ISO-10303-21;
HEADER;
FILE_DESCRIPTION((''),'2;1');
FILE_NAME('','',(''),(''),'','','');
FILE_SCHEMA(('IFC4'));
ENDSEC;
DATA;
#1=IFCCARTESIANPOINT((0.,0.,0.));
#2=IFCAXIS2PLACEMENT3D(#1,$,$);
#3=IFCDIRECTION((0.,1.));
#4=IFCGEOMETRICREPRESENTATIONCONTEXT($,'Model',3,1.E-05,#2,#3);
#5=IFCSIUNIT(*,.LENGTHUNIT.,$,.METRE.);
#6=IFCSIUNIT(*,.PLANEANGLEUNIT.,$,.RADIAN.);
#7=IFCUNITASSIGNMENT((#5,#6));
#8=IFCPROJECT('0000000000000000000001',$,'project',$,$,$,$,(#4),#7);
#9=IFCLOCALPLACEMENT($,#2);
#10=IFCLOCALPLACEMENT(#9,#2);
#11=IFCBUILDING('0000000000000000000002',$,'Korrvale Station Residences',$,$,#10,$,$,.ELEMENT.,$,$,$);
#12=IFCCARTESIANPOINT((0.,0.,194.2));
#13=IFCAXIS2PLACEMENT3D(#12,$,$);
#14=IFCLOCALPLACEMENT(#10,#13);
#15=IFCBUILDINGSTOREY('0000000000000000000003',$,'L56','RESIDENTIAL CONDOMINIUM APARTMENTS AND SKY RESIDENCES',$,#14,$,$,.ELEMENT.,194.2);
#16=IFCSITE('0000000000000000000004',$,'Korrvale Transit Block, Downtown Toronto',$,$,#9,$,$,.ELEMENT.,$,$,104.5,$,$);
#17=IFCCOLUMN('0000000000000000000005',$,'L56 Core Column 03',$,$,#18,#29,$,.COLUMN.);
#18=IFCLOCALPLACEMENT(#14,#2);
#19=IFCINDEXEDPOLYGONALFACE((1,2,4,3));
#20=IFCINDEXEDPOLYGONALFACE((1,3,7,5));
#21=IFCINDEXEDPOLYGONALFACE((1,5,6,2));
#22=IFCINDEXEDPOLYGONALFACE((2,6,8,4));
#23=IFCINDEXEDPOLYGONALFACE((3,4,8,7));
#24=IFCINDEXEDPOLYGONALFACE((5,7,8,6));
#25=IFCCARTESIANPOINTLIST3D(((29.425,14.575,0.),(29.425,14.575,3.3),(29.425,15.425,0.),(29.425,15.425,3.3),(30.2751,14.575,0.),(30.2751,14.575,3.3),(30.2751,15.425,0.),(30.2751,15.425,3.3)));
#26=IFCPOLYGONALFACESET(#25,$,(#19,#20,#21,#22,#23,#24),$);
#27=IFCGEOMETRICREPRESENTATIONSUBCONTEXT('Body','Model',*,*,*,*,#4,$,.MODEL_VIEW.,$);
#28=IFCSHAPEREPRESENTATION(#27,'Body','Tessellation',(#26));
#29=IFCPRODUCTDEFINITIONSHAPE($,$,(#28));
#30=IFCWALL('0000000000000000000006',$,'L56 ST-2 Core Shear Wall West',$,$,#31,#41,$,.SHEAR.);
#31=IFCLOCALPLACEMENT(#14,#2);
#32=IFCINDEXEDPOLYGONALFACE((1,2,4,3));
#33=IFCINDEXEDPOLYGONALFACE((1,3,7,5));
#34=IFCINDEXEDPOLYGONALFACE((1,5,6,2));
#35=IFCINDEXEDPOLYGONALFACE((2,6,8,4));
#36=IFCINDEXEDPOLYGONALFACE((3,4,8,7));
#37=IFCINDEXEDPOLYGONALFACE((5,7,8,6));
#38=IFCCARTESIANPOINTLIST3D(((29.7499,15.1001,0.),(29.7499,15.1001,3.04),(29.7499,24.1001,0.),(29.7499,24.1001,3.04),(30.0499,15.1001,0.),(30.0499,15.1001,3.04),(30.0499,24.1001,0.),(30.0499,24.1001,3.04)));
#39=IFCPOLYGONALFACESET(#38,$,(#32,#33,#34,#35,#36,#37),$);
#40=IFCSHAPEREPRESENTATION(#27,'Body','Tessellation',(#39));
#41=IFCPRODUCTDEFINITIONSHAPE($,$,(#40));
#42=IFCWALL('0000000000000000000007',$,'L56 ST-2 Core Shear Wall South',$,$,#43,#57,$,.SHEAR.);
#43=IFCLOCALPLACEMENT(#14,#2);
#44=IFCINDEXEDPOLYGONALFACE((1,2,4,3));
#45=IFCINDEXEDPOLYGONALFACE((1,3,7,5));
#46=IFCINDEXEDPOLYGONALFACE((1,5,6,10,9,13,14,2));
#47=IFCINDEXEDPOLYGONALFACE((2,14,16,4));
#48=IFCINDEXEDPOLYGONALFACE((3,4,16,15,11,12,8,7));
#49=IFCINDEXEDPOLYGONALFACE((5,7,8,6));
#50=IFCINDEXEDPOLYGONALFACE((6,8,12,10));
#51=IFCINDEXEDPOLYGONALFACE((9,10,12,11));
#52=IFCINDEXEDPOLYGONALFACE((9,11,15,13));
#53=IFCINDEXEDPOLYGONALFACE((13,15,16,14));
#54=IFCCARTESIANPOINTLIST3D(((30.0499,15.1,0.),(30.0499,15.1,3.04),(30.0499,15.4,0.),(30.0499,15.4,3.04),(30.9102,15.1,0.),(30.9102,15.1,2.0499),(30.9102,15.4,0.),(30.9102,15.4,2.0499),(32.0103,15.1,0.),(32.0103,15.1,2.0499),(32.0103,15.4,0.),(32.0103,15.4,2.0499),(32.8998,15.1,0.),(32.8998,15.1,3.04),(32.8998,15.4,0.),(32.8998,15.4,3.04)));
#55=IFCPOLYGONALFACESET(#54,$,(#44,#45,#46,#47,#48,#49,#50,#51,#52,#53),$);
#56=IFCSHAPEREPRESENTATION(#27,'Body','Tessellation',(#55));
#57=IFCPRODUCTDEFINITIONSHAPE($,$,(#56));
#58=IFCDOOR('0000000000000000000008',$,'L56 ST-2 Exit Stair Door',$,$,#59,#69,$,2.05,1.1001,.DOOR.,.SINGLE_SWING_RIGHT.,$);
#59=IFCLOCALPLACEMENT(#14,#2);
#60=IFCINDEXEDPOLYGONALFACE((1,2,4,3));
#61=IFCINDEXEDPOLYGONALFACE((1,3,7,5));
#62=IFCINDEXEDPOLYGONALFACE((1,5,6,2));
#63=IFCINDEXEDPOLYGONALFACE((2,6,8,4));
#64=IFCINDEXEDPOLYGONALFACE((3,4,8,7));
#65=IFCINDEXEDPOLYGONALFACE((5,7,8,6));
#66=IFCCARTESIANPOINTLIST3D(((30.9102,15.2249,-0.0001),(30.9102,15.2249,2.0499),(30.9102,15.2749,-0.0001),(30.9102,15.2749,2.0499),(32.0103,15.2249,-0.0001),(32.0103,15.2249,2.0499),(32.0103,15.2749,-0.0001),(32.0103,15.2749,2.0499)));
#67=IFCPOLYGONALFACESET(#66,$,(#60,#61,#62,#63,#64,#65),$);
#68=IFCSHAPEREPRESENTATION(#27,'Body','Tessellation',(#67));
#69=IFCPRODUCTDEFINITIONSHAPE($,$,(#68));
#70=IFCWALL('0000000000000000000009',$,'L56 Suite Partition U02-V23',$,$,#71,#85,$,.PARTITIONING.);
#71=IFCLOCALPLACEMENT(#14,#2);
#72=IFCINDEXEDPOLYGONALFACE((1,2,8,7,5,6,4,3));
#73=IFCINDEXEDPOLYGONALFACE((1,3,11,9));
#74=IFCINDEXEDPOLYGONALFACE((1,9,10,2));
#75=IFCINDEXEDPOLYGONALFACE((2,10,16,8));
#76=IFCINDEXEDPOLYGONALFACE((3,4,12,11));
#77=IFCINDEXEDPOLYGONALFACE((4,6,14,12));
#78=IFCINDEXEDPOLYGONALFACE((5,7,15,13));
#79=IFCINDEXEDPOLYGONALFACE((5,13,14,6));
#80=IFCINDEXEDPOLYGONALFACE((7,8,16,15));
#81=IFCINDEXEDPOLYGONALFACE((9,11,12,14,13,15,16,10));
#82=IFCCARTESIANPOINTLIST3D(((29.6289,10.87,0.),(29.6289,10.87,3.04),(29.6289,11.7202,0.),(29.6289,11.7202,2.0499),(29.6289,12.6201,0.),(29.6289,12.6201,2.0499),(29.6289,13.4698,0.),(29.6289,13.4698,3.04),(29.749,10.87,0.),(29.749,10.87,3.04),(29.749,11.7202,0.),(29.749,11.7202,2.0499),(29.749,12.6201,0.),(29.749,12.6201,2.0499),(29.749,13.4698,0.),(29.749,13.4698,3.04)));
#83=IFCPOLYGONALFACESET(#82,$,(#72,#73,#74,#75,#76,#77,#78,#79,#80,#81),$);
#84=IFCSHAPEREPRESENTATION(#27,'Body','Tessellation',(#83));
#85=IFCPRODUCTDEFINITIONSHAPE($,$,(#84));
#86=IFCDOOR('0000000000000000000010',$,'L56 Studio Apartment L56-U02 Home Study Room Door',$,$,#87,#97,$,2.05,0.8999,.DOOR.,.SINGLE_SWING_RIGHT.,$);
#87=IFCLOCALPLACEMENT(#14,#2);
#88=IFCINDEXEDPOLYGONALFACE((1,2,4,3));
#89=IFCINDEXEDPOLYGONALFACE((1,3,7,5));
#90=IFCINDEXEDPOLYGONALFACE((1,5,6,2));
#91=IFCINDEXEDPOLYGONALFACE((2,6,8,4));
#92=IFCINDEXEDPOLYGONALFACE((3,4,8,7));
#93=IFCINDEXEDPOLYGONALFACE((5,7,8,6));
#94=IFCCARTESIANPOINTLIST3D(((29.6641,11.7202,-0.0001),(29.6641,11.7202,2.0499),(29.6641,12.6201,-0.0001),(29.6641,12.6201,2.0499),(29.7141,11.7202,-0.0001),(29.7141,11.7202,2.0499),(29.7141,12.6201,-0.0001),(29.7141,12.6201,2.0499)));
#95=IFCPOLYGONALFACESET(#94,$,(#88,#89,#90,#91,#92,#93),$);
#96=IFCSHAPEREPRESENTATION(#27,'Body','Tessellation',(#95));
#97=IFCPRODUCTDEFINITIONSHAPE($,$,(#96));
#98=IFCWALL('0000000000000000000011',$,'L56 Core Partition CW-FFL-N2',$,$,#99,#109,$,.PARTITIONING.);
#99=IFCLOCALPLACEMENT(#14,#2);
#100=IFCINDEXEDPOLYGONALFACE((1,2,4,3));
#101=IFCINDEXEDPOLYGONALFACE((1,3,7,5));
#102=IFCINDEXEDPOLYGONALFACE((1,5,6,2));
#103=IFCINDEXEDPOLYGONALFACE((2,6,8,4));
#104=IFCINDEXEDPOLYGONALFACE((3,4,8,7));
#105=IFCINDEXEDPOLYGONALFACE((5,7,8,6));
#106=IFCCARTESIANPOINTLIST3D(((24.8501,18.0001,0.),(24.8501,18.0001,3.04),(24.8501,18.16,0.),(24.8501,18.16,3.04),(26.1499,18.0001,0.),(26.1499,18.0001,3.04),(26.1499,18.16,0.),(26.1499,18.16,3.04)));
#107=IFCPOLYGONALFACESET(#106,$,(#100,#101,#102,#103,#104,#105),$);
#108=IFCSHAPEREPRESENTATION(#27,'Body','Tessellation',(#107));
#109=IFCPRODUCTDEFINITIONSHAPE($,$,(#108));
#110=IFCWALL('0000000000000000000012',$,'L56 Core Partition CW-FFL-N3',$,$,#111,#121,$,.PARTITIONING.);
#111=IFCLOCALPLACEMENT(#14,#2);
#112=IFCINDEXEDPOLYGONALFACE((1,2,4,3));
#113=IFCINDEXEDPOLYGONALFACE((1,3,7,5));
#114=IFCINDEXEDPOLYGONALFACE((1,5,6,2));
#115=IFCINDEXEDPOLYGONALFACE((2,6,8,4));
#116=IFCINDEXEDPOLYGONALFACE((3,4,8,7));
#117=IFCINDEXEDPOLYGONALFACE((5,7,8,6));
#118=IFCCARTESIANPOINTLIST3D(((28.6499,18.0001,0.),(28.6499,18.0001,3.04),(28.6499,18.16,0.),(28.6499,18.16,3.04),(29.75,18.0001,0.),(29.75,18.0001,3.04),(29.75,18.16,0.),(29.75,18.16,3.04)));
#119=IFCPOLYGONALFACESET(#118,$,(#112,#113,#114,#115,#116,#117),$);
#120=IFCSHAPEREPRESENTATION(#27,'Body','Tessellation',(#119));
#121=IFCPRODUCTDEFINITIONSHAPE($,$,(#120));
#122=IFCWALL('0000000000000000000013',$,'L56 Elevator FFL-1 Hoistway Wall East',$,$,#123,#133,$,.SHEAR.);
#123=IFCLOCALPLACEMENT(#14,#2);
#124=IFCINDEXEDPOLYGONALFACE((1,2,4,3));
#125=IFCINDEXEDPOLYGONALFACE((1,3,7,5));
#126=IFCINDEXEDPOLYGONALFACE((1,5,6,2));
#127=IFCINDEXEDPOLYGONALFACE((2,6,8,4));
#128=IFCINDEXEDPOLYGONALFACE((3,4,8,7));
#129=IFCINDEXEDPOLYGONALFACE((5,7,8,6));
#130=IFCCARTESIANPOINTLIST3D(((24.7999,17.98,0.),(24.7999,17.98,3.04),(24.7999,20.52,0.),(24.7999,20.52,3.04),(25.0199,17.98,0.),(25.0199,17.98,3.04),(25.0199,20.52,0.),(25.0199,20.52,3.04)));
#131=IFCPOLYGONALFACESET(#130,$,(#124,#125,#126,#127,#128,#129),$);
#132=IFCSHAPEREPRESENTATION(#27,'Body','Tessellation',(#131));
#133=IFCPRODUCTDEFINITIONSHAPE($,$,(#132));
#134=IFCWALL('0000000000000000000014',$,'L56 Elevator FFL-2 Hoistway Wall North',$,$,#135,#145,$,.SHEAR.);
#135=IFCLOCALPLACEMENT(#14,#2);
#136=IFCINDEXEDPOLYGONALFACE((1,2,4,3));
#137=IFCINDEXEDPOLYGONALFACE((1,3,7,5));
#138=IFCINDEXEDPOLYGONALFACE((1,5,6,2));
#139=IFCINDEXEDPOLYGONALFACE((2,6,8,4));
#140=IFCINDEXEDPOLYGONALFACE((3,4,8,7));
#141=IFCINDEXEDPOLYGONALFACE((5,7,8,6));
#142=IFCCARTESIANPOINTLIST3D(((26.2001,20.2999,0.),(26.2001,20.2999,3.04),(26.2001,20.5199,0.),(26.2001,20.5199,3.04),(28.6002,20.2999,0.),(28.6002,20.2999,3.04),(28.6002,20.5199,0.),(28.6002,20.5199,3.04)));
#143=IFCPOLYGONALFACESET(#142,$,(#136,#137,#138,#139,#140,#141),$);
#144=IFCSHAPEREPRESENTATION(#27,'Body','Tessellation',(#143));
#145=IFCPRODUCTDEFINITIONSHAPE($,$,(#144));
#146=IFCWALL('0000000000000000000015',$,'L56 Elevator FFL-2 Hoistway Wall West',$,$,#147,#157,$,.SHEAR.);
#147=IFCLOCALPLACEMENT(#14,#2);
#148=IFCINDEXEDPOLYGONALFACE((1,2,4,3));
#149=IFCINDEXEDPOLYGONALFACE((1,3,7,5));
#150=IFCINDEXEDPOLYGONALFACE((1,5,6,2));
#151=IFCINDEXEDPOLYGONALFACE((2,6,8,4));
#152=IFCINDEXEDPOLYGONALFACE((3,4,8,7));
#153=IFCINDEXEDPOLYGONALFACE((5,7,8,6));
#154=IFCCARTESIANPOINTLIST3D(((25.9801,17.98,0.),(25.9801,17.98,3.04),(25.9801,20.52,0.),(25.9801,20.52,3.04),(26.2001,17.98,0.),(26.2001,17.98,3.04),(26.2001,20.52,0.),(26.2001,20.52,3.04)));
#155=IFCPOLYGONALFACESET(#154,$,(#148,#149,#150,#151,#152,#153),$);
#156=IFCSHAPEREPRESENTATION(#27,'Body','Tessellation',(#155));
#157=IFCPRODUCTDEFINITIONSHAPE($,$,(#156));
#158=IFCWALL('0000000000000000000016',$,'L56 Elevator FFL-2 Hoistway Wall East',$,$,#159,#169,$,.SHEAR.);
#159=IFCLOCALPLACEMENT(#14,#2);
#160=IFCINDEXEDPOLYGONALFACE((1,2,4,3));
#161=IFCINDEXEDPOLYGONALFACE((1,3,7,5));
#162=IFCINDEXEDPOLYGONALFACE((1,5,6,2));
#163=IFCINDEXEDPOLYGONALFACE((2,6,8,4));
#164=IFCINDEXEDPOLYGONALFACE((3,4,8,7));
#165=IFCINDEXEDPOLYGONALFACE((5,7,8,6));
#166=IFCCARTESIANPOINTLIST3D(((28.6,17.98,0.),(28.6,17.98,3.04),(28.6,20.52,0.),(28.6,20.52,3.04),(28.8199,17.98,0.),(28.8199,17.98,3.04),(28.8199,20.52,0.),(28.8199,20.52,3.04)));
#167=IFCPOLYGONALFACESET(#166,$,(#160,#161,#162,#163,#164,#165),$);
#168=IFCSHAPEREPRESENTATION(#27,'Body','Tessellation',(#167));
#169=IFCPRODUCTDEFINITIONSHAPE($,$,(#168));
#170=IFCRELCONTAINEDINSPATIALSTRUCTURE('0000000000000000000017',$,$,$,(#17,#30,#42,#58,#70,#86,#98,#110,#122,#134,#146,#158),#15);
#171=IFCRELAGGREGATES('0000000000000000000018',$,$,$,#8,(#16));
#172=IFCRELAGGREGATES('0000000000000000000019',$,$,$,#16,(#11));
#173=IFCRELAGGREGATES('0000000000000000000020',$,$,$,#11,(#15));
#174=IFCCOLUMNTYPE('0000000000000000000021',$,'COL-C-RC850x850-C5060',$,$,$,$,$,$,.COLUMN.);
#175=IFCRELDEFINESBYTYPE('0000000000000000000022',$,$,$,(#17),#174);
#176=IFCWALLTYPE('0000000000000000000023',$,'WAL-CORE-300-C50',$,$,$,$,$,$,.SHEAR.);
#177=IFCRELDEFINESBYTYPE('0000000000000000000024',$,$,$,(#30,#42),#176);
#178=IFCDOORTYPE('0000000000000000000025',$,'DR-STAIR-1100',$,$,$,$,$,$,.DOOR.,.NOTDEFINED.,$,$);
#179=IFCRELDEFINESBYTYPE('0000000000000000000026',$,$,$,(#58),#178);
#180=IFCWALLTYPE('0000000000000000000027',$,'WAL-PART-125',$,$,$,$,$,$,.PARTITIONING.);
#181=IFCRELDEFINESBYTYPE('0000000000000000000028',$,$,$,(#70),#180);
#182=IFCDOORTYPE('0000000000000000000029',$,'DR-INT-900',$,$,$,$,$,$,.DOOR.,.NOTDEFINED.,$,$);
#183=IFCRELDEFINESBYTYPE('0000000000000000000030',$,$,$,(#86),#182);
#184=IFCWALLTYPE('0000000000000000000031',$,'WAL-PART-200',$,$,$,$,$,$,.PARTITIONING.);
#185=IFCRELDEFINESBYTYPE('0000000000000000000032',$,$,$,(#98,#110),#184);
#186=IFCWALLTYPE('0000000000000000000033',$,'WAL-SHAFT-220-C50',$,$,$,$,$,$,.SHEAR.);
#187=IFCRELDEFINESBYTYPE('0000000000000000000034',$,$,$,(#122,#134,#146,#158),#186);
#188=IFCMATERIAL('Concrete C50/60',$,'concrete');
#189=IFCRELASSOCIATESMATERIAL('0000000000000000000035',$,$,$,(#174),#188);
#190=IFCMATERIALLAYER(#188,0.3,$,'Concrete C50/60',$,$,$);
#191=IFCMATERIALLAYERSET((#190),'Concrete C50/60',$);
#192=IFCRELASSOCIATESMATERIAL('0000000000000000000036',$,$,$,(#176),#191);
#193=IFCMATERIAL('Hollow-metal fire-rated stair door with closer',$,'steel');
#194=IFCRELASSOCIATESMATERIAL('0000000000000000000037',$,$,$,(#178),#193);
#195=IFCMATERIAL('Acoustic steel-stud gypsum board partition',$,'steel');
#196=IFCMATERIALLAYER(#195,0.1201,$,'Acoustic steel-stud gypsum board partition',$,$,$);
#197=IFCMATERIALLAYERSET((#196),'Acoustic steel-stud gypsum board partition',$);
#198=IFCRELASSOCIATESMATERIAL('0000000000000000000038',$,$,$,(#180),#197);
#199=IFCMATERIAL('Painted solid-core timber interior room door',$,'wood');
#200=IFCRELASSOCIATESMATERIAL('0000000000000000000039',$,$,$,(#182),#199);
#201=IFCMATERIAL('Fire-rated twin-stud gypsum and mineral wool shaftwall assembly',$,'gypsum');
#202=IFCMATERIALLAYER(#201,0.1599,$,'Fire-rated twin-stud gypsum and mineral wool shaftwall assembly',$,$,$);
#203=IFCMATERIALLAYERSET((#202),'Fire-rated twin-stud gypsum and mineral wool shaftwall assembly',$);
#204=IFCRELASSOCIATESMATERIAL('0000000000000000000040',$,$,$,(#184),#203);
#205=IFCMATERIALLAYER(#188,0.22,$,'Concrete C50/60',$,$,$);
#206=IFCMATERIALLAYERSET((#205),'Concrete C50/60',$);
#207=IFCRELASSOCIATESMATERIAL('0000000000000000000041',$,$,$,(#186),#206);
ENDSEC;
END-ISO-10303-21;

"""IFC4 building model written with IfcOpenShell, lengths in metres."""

from ifc_helpers import new_model, si_unit, direction, frame, frame_2d, origin, origin_2d, place, context, subcontext, project, spatial, rectangle, extrude, material, layer, layer_set, material_profile, profile_set, type_object, element, fill, save


model = new_model("IFC4")

# Units and contexts
model_context = context("Model", 3, precision=1e-05, world=origin(), true_north=direction((0.0, 1.0)))
body_context = subcontext(model_context, "Body", "Model", "MODEL_VIEW")
ifc_project = project(units=[si_unit("LENGTHUNIT", "METRE"), si_unit("PLANEANGLEUNIT", "RADIAN")], contexts=[model_context])

# Site, building, storey
site_placement = place(None, origin())
site = spatial("IfcSite", under=ifc_project, at=site_placement, Name="Korrvale Transit Block, Downtown Toronto", CompositionType="ELEMENT", RefElevation=104.5)
building_placement = place(site_placement, origin())
building = spatial("IfcBuilding", under=site, at=building_placement, Name="Korrvale Station Residences", CompositionType="ELEMENT")
storey_placement = place(building_placement, frame((0.0, 0.0, 194.2)))
storey = spatial("IfcBuildingStorey", under=building, at=storey_placement, Name="L56", Description="RESIDENTIAL CONDOMINIUM APARTMENTS AND SKY RESIDENCES", CompositionType="ELEMENT", Elevation=194.2)

# Column
ifc_material_1 = material(Name="Concrete C50/60", Category="concrete")
ifc_material_profile = material_profile(ifc_material_1, rectangle(XDim=0.8501, YDim=0.8501, at=origin_2d()), Name="RC850x850")
ifc_profile_set = profile_set([ifc_material_profile], Name="Concrete C50/60")
column_type = type_object("IfcColumnType", Name="COL-C-RC850x850-C5060", PredefinedType="COLUMN", material=ifc_profile_set)
column_placement = place(storey_placement, frame((29.8501, 15.0, 0.0), z_axis=(0.0, 0.0, 1.0), x_axis=(1.0, 0.0, 0.0)))
element("IfcColumn", 1, at=column_placement, inside=storey, type_object=column_type, Name="L56 Core Column 03", PredefinedType="COLUMN", context=body_context, shape_type="SweptSolid", body=[
    extrude(rectangle(XDim=0.8501, YDim=0.8501, at=origin_2d()), origin(), (0.0, 0.0, 1.0), 3.3),
])

# Wall
ifc_layer_1 = layer(ifc_material_1, 0.3, Name="Concrete C50/60")
ifc_layer_set_1 = layer_set([ifc_layer_1], Name="Concrete C50/60")
wall_type_1 = type_object("IfcWallType", Name="WAL-CORE-300-C50", PredefinedType="SHEAR", material=ifc_layer_set_1)
wall_1_placement = place(storey_placement, frame((29.8999, 15.1001, 0.0), z_axis=(0.0, 0.0, 1.0), x_axis=(0.0, 1.0, 0.0)))
element("IfcWall", 2, at=wall_1_placement, inside=storey, type_object=wall_type_1, Name="L56 ST-2 Core Shear Wall West", PredefinedType="SHEAR", context=body_context, shape_type="SweptSolid", body=[
    extrude(rectangle(XDim=9.0, YDim=0.3, at=frame_2d((4.5, 0.0))), origin(), (0.0, 0.0, 1.0), 3.04),
])

# Walls, openings, doors
wall_2_placement = place(storey_placement, frame((30.05, 15.25, 0.0), z_axis=(0.0, 0.0, 1.0), x_axis=(1.0, 0.0, 0.0)))
wall_2 = element("IfcWall", 3, at=wall_2_placement, inside=storey, type_object=wall_type_1, Name="L56 ST-2 Core Shear Wall South", PredefinedType="SHEAR", context=body_context, shape_type="SweptSolid", body=[
    extrude(rectangle(XDim=2.8499, YDim=0.3, at=frame_2d((1.4248, 0.0))), origin(), (0.0, 0.0, 1.0), 3.04),
])
opening_1_placement = place(wall_2_placement, frame((0.8601, 0.0, 0.0)))
opening_1 = element("IfcOpeningElement", 4, at=opening_1_placement, cuts=wall_2, PredefinedType="OPENING", context=body_context, shape_type="SweptSolid", body=[
    extrude(rectangle(XDim=1.1001, YDim=2.05, at=frame_2d((0.55, 1.0249))), frame((0.0, 0.1602, 0.0), z_axis=(0.0, -1.0, 0.0), x_axis=(1.0, 0.0, 0.0)), (0.0, 0.0, 1.0), 0.3201),
])
ifc_material_2 = material(Name="Hollow-metal fire-rated stair door with closer", Category="steel")
door_type_1 = type_object("IfcDoorType", Name="DR-STAIR-1100", OperationType="NOTDEFINED", PredefinedType="DOOR", material=ifc_material_2)
door_1_placement = place(opening_1_placement, origin())
door_1 = element("IfcDoor", 5, at=door_1_placement, inside=storey, type_object=door_type_1, Name="L56 ST-2 Exit Stair Door", OperationType="SINGLE_SWING_RIGHT", OverallHeight=2.05, OverallWidth=1.1001, PredefinedType="DOOR", context=body_context, shape_type="SweptSolid", body=[
    extrude(rectangle(XDim=1.1001, YDim=2.05, at=frame_2d((0.55, 1.0249))), frame((0.0, 0.0249, 0.0), z_axis=(0.0, -1.0, 0.0), x_axis=(1.0, 0.0, 0.0)), (0.0, 0.0, 1.0), 0.05),
])
fill(opening_1, door_1)
ifc_material_3 = material(Name="Acoustic steel-stud gypsum board partition", Category="steel")
ifc_layer_2 = layer(ifc_material_3, 0.1201, Name="Acoustic steel-stud gypsum board partition")
ifc_layer_set_2 = layer_set([ifc_layer_2], Name="Acoustic steel-stud gypsum board partition")
wall_type_2 = type_object("IfcWallType", Name="WAL-PART-125", PredefinedType="PARTITIONING", material=ifc_layer_set_2)
wall_3_placement = place(storey_placement, frame((29.689, 10.8701, 0.0), z_axis=(0.0, 0.0, 1.0), x_axis=(0.0, 1.0, 0.0)))
wall_3 = element("IfcWall", 6, at=wall_3_placement, inside=storey, type_object=wall_type_2, Name="L56 Suite Partition U02-V23", PredefinedType="PARTITIONING", context=body_context, shape_type="SweptSolid", body=[
    extrude(rectangle(XDim=2.5999, YDim=0.1201, at=frame_2d((1.2998, 0.0))), origin(), (0.0, 0.0, 1.0), 3.04),
])
opening_2_placement = place(wall_3_placement, frame((0.8501, 0.0, 0.0)))
opening_2 = element("IfcOpeningElement", 7, at=opening_2_placement, cuts=wall_3, PredefinedType="OPENING", context=body_context, shape_type="SweptSolid", body=[
    extrude(rectangle(XDim=0.8999, YDim=2.05, at=frame_2d((0.45, 1.0249))), frame((0.0, 0.0701, 0.0), z_axis=(0.0, -1.0, 0.0), x_axis=(1.0, 0.0, 0.0)), (0.0, 0.0, 1.0), 0.1401),
])
ifc_material_4 = material(Name="Painted solid-core timber interior room door", Category="wood")
door_type_2 = type_object("IfcDoorType", Name="DR-INT-900", OperationType="NOTDEFINED", PredefinedType="DOOR", material=ifc_material_4)
door_2_placement = place(opening_2_placement, origin())
door_2 = element("IfcDoor", 8, at=door_2_placement, inside=storey, type_object=door_type_2, Name="L56 Studio Apartment L56-U02 Home Study Room Door", OperationType="SINGLE_SWING_RIGHT", OverallHeight=2.05, OverallWidth=0.8999, PredefinedType="DOOR", context=body_context, shape_type="SweptSolid", body=[
    extrude(rectangle(XDim=0.8999, YDim=2.05, at=frame_2d((0.45, 1.0249))), frame((0.0, 0.0249, 0.0), z_axis=(0.0, -1.0, 0.0), x_axis=(1.0, 0.0, 0.0)), (0.0, 0.0, 1.0), 0.05),
])
fill(opening_2, door_2)

# Walls
ifc_material_5 = material(Name="Fire-rated twin-stud gypsum and mineral wool shaftwall assembly", Category="gypsum")
ifc_layer_3 = layer(ifc_material_5, 0.1599, Name="Fire-rated twin-stud gypsum and mineral wool shaftwall assembly")
ifc_layer_set_3 = layer_set([ifc_layer_3], Name="Fire-rated twin-stud gypsum and mineral wool shaftwall assembly")
wall_type_3 = type_object("IfcWallType", Name="WAL-PART-200", PredefinedType="PARTITIONING", material=ifc_layer_set_3)
wall_4_placement = place(storey_placement, frame((24.8501, 18.0801, 0.0), z_axis=(0.0, 0.0, 1.0), x_axis=(1.0, 0.0, 0.0)))
element("IfcWall", 9, at=wall_4_placement, inside=storey, type_object=wall_type_3, Name="L56 Core Partition CW-FFL-N2", PredefinedType="PARTITIONING", context=body_context, shape_type="SweptSolid", body=[
    extrude(rectangle(XDim=1.2998, YDim=0.1599, at=frame_2d((0.6499, 0.0))), origin(), (0.0, 0.0, 1.0), 3.04),
])
wall_5_placement = place(storey_placement, frame((28.6499, 18.0801, 0.0), z_axis=(0.0, 0.0, 1.0), x_axis=(1.0, 0.0, 0.0)))
element("IfcWall", 10, at=wall_5_placement, inside=storey, type_object=wall_type_3, Name="L56 Core Partition CW-FFL-N3", PredefinedType="PARTITIONING", context=body_context, shape_type="SweptSolid", body=[
    extrude(rectangle(XDim=1.1001, YDim=0.1599, at=frame_2d((0.55, 0.0))), origin(), (0.0, 0.0, 1.0), 3.04),
])
ifc_layer_4 = layer(ifc_material_1, 0.22, Name="Concrete C50/60")
ifc_layer_set_4 = layer_set([ifc_layer_4], Name="Concrete C50/60")
wall_type_4 = type_object("IfcWallType", Name="WAL-SHAFT-220-C50", PredefinedType="SHEAR", material=ifc_layer_set_4)
wall_6_placement = place(storey_placement, frame((24.9099, 17.98, 0.0), z_axis=(0.0, 0.0, 1.0), x_axis=(0.0, 1.0, 0.0)))
element("IfcWall", 11, at=wall_6_placement, inside=storey, type_object=wall_type_4, Name="L56 Elevator FFL-1 Hoistway Wall East", PredefinedType="SHEAR", context=body_context, shape_type="SweptSolid", body=[
    extrude(rectangle(XDim=2.54, YDim=0.22, at=frame_2d((1.27, 0.0))), origin(), (0.0, 0.0, 1.0), 3.04),
])

# Walls
wall_7_placement = place(storey_placement, frame((26.2, 20.4099, 0.0), z_axis=(0.0, 0.0, 1.0), x_axis=(1.0, 0.0, 0.0)))
element("IfcWall", 12, at=wall_7_placement, inside=storey, type_object=wall_type_4, Name="L56 Elevator FFL-2 Hoistway Wall North", PredefinedType="SHEAR", context=body_context, shape_type="SweptSolid", body=[
    extrude(rectangle(XDim=2.4001, YDim=0.22, at=frame_2d((1.2002, 0.0))), origin(), (0.0, 0.0, 1.0), 3.04),
])
for number, where, z_axis, x_axis, name in (
    (13, (26.0901, 17.98, 0.0), (0.0, 0.0, 1.0), (0.0, 1.0, 0.0), "L56 Elevator FFL-2 Hoistway Wall West"),
    (14, (28.71, 17.98, 0.0), (0.0, 0.0, 1.0), (0.0, 1.0, 0.0), "L56 Elevator FFL-2 Hoistway Wall East"),
):
    element("IfcWall", number, at=place(storey_placement, frame(where, z_axis=z_axis, x_axis=x_axis)), inside=storey, type_object=wall_type_4, Name=name, PredefinedType="SHEAR", context=body_context, shape_type="SweptSolid", body=[
        extrude(rectangle(XDim=2.54, YDim=0.22, at=frame_2d((1.27, 0.0))), origin(), (0.0, 0.0, 1.0), 3.04),
    ])

save(model, "model.ifc")
